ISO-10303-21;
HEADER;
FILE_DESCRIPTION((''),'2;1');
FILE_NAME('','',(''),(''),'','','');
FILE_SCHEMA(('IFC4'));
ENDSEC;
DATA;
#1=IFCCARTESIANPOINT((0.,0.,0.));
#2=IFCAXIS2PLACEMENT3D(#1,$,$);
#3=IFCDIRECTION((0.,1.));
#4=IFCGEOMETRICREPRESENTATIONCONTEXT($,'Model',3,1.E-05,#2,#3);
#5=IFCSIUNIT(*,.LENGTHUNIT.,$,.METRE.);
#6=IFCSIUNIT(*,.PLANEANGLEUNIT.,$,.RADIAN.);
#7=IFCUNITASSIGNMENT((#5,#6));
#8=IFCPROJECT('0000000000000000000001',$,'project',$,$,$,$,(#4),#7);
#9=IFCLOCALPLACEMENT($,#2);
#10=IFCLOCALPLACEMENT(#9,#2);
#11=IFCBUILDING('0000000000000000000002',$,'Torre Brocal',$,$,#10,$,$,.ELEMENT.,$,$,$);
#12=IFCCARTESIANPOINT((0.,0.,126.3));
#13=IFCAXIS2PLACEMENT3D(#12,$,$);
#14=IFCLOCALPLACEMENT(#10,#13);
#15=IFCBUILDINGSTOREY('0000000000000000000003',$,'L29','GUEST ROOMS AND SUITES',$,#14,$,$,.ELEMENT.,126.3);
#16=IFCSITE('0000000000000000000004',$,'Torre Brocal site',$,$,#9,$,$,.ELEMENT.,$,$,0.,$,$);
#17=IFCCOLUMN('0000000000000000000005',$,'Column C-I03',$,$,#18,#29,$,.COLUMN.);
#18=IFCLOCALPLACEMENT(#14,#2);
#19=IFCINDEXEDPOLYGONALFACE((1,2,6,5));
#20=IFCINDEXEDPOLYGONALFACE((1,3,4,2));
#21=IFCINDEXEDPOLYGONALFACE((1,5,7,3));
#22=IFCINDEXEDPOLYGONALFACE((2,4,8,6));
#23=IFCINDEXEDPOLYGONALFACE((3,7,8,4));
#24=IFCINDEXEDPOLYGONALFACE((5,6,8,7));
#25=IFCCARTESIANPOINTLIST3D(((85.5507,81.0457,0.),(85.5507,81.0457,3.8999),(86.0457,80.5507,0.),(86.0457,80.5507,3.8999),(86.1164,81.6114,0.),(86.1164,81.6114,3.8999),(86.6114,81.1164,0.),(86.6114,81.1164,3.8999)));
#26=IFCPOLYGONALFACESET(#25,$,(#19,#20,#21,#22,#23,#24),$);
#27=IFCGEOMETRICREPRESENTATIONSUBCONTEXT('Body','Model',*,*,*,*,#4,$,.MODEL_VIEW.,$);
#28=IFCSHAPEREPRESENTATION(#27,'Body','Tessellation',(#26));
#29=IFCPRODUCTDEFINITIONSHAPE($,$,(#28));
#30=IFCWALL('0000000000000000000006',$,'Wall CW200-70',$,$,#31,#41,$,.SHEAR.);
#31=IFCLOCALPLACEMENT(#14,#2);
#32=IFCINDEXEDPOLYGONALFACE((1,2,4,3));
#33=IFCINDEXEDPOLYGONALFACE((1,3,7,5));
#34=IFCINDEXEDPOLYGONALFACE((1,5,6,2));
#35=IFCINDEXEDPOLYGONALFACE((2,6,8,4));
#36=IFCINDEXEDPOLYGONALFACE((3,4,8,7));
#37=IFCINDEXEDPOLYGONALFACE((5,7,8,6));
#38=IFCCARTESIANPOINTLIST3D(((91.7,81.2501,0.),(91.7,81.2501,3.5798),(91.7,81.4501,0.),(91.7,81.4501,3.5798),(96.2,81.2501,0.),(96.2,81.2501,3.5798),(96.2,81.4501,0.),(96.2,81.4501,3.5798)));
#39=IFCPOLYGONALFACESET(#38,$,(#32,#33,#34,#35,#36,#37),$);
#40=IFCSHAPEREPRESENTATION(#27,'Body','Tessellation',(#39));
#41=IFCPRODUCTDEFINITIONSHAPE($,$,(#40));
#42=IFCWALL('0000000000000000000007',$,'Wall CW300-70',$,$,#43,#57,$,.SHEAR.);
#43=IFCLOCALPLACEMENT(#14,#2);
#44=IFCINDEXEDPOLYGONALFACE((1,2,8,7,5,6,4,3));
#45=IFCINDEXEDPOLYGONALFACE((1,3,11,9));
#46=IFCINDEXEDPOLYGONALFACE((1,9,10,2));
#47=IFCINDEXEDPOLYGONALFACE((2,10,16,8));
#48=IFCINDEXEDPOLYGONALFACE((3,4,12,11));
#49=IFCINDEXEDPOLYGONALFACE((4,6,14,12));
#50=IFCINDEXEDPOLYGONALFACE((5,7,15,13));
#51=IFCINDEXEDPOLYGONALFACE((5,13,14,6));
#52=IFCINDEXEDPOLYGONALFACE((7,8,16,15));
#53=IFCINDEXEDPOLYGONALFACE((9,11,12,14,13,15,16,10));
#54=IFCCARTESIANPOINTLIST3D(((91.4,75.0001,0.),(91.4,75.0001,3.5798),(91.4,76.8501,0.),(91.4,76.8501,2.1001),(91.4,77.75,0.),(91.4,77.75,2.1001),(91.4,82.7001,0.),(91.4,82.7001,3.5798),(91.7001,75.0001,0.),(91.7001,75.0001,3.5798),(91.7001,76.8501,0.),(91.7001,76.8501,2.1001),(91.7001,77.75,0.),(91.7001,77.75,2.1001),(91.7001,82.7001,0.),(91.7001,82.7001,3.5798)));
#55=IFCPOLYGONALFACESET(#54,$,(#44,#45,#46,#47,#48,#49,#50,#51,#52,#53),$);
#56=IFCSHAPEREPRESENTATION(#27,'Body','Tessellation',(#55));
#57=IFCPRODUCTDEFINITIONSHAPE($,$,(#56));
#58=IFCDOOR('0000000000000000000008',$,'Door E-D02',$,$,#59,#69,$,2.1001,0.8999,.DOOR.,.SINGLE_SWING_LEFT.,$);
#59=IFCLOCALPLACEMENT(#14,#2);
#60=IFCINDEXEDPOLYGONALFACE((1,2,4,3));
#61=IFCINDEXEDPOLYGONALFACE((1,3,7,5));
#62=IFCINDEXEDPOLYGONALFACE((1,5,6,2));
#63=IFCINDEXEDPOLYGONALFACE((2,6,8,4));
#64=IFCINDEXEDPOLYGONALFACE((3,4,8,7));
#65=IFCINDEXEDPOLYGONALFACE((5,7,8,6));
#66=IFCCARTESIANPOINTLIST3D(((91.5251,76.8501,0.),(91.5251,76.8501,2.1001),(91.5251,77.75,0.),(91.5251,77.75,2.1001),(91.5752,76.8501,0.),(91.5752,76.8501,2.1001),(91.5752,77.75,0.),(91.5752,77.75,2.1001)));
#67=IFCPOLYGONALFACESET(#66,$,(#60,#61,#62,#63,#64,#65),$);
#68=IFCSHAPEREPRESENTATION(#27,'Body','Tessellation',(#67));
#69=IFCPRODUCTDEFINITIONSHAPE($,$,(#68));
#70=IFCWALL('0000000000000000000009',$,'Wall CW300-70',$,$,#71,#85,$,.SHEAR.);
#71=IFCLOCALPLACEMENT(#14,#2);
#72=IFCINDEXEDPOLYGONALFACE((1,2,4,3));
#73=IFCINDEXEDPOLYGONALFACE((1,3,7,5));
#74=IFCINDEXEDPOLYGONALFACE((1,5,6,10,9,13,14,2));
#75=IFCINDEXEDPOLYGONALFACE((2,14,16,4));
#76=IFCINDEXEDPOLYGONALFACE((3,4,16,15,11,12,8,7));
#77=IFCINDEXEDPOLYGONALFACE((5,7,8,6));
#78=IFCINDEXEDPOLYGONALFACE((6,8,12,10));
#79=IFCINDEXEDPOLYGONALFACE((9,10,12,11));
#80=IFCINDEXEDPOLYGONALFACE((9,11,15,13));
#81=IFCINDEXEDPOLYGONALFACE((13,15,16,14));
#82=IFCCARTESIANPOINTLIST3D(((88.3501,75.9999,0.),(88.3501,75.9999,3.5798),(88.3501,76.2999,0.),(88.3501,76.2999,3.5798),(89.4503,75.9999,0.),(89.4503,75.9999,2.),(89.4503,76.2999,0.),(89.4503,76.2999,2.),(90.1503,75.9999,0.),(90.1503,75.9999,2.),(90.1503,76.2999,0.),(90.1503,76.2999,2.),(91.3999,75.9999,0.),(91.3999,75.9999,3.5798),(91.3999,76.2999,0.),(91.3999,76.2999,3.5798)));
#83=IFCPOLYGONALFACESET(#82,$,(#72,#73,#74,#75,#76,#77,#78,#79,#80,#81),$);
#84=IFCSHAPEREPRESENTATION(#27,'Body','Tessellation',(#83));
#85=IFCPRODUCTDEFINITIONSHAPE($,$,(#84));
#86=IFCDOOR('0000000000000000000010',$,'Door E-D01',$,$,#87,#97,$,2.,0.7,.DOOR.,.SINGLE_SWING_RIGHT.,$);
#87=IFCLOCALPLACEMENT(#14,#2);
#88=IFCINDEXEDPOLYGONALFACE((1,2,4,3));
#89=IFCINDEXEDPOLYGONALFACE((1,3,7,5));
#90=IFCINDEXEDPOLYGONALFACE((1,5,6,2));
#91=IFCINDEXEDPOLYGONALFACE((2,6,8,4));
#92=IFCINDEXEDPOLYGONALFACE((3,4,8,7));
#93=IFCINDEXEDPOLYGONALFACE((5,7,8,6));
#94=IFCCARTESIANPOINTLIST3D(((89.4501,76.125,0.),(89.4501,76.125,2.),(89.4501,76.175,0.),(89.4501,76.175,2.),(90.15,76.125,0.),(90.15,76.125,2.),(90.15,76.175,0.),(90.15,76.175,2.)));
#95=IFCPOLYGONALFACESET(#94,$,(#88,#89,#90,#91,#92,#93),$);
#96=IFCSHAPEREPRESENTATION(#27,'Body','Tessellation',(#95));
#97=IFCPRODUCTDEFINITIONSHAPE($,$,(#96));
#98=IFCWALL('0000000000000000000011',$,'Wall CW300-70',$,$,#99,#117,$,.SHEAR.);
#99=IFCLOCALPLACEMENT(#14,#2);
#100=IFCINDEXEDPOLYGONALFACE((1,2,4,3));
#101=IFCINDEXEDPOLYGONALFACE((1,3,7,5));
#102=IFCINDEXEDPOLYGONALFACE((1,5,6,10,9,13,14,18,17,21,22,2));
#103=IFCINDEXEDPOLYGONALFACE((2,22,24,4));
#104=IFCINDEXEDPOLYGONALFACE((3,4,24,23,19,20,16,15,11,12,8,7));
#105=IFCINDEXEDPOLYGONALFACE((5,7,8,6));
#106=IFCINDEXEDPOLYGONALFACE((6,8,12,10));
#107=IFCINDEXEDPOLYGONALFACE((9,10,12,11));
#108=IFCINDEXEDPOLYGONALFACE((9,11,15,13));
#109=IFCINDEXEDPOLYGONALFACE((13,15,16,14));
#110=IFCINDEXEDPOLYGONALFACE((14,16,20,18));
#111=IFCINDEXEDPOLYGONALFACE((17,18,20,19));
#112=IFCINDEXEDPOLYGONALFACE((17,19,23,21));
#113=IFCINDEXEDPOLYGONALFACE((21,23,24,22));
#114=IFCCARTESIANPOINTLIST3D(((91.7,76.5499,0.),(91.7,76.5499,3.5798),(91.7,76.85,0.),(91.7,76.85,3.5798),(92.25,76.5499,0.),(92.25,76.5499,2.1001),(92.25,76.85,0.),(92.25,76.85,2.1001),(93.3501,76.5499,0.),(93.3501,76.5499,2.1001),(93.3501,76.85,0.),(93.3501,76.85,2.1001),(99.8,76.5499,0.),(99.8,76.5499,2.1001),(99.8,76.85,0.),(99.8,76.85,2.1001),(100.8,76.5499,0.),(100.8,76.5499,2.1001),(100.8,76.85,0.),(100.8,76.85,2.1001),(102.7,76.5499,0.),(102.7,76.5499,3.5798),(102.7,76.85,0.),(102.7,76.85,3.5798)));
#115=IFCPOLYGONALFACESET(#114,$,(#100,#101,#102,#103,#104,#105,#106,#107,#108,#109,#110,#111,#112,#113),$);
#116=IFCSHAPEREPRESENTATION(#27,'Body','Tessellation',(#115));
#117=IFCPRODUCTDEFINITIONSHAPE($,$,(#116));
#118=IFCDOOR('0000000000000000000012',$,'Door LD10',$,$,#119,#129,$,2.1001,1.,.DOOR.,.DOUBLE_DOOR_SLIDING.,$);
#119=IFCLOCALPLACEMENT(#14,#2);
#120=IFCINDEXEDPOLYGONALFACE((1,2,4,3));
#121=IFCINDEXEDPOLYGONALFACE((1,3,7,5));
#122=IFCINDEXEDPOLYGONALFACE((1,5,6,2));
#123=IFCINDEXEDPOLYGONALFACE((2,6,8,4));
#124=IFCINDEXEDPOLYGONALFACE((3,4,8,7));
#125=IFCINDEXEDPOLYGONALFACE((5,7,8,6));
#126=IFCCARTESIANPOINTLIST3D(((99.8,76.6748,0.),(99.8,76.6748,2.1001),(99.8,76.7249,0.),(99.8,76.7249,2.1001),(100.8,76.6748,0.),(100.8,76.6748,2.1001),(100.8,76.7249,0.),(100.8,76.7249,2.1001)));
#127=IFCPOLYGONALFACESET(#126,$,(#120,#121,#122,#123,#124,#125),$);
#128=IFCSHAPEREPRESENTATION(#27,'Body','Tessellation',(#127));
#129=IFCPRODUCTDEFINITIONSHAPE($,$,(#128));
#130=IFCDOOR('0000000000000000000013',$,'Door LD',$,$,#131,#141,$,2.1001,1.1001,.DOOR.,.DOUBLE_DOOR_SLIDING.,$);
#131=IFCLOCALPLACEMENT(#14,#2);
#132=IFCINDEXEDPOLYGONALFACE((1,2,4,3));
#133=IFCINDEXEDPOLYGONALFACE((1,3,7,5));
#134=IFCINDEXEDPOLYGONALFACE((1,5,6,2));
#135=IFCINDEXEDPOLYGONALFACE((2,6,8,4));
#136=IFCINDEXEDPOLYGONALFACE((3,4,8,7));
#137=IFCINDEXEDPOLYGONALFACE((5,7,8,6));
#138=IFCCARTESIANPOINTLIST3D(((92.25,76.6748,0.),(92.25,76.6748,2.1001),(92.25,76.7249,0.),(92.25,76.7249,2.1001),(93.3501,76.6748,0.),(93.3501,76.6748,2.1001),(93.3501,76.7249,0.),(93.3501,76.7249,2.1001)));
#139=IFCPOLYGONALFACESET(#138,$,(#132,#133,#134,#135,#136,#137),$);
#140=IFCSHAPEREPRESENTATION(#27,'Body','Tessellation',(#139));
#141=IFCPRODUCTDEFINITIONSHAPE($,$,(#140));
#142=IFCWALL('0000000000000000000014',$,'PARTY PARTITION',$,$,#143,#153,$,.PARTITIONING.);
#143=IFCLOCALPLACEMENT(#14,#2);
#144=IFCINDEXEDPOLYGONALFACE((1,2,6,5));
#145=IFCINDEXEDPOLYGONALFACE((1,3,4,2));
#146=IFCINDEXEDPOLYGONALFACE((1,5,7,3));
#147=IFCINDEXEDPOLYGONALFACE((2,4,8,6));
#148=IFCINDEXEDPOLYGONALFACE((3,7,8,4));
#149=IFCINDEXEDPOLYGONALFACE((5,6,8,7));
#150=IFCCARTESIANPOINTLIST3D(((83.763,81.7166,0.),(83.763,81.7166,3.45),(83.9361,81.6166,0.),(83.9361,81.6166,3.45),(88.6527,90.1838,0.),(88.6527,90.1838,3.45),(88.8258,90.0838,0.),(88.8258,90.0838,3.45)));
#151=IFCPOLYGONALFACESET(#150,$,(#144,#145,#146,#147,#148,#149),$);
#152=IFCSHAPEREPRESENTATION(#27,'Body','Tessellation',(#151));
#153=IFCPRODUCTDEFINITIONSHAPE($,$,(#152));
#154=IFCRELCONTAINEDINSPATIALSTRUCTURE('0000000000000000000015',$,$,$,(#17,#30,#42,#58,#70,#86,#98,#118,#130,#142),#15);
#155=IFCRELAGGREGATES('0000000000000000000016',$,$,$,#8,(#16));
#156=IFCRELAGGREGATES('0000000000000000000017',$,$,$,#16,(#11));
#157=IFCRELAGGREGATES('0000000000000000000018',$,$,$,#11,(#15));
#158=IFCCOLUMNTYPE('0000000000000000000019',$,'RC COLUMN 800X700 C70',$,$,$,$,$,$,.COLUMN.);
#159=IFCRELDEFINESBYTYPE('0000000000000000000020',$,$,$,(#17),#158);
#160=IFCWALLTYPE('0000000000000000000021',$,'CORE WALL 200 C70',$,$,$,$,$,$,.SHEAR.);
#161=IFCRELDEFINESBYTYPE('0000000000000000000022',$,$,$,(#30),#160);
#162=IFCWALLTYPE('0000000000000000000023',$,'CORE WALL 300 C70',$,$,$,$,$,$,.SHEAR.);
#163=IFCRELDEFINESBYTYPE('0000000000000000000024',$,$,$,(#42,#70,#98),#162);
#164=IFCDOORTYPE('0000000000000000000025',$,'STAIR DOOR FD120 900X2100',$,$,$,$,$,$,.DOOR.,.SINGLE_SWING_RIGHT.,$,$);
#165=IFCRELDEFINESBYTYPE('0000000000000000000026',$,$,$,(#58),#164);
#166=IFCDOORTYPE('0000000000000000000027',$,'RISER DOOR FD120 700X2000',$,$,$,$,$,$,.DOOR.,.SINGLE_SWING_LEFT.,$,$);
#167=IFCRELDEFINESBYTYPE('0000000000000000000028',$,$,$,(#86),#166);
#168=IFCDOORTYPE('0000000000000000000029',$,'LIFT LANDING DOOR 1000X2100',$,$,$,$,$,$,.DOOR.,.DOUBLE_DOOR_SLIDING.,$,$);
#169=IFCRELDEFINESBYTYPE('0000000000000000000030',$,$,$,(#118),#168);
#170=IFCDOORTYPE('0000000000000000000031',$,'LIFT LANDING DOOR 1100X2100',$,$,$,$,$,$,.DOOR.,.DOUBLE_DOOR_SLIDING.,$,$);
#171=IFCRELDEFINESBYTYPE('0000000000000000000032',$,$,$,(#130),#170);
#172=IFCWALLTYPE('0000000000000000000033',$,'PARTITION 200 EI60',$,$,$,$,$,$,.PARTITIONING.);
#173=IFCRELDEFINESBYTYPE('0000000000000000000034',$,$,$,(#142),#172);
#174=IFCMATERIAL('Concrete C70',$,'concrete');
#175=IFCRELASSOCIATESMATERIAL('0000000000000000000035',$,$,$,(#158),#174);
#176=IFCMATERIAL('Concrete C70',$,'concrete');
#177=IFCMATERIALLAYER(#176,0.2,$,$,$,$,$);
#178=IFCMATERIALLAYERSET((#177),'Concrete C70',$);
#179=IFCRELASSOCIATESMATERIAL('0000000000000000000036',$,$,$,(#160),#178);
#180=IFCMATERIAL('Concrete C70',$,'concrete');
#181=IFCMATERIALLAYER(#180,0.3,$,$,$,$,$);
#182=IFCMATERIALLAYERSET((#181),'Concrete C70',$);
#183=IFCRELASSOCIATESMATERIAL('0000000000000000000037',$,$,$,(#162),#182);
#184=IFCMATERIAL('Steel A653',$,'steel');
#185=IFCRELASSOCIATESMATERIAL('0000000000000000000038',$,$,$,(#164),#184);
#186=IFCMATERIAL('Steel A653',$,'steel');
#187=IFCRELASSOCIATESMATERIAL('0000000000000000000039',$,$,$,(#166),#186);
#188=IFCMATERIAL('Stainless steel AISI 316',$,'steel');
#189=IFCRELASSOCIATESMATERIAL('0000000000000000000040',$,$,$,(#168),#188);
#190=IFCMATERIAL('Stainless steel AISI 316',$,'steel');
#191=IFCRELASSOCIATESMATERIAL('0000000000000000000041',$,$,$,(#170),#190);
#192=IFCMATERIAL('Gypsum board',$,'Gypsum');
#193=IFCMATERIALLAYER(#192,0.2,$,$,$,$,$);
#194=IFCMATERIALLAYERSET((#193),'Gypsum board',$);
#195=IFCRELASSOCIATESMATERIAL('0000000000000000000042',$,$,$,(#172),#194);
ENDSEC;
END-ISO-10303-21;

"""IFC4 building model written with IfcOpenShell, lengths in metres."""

from ifc_helpers import new_model, si_unit, direction, frame, frame_2d, origin, origin_2d, place, context, subcontext, project, spatial, rectangle, extrude, material, layer, layer_set, material_profile, profile_set, type_object, element, fill, save


model = new_model("IFC4")

# Units and contexts
model_context = context("Model", 3, precision=1e-05, world=origin(), true_north=direction((0.0, 1.0)))
body_context = subcontext(model_context, "Body", "Model", "MODEL_VIEW")
ifc_project = project(units=[si_unit("LENGTHUNIT", "METRE"), si_unit("PLANEANGLEUNIT", "RADIAN")], contexts=[model_context])

# Site, building, storey
site_placement = place(None, origin())
site = spatial("IfcSite", under=ifc_project, at=site_placement, Name="Torre Brocal site", CompositionType="ELEMENT", RefElevation=0.0)
building_placement = place(site_placement, origin())
building = spatial("IfcBuilding", under=site, at=building_placement, Name="Torre Brocal", CompositionType="ELEMENT")
storey_placement = place(building_placement, frame((0.0, 0.0, 126.3)))
storey = spatial("IfcBuildingStorey", under=building, at=storey_placement, Name="L29", Description="GUEST ROOMS AND SUITES", CompositionType="ELEMENT", Elevation=126.3)

# Column
ifc_material_1 = material(Name="Concrete C70", Category="concrete")
ifc_material_profile = material_profile(ifc_material_1, rectangle(XDim=0.8, YDim=0.7, at=origin_2d()), Name="RC 800X700")
ifc_profile_set = profile_set([ifc_material_profile], Name="Concrete C70")
column_type = type_object("IfcColumnType", Name="RC COLUMN 800X700 C70", PredefinedType="COLUMN", material=ifc_profile_set)
column_placement = place(storey_placement, frame((86.0811, 81.0811, 0.0), z_axis=(0.0, 0.0, 1.0), x_axis=(0.707107, 0.707107, 0.0)))
element("IfcColumn", 1, at=column_placement, inside=storey, type_object=column_type, Name="Column C-I03", PredefinedType="COLUMN", context=body_context, shape_type="SweptSolid", body=[
    extrude(rectangle(XDim=0.8, YDim=0.7, at=origin_2d()), origin(), (0.0, 0.0, 1.0), 3.8999),
])

# Wall
ifc_material_2 = material(Name="Concrete C70", Category="concrete")
ifc_layer_1 = layer(ifc_material_2, 0.2)
ifc_layer_set_1 = layer_set([ifc_layer_1], Name="Concrete C70")
wall_type_1 = type_object("IfcWallType", Name="CORE WALL 200 C70", PredefinedType="SHEAR", material=ifc_layer_set_1)
wall_1_placement = place(storey_placement, frame((91.7, 81.3501, 0.0), z_axis=(0.0, 0.0, 1.0), x_axis=(1.0, 0.0, 0.0)))
element("IfcWall", 2, at=wall_1_placement, inside=storey, type_object=wall_type_1, Name="Wall CW200-70", PredefinedType="SHEAR", context=body_context, shape_type="SweptSolid", body=[
    extrude(rectangle(XDim=4.5, YDim=0.2, at=frame_2d((2.25, 0.0))), origin(), (0.0, 0.0, 1.0), 3.5798),
])

# Walls, openings, doors
ifc_material_3 = material(Name="Concrete C70", Category="concrete")
ifc_layer_2 = layer(ifc_material_3, 0.3)
ifc_layer_set_2 = layer_set([ifc_layer_2], Name="Concrete C70")
wall_type_2 = type_object("IfcWallType", Name="CORE WALL 300 C70", PredefinedType="SHEAR", material=ifc_layer_set_2)
wall_2_placement = place(storey_placement, frame((91.55, 75.0, 0.0), z_axis=(0.0, 0.0, 1.0), x_axis=(0.0, 1.0, 0.0)))
wall_2 = element("IfcWall", 3, at=wall_2_placement, inside=storey, type_object=wall_type_2, Name="Wall CW300-70", PredefinedType="SHEAR", context=body_context, shape_type="SweptSolid", body=[
    extrude(rectangle(XDim=7.7, YDim=0.3, at=frame_2d((3.8501, 0.0))), origin(), (0.0, 0.0, 1.0), 3.5798),
])
opening_1_placement = place(wall_2_placement, frame((1.8501, 0.0, 0.0)))
opening_1 = element("IfcOpeningElement", 4, at=opening_1_placement, cuts=wall_2, PredefinedType="OPENING", context=body_context, shape_type="SweptSolid", body=[
    extrude(rectangle(XDim=0.8999, YDim=2.1001, at=frame_2d((0.45, 1.05))), frame((0.0, 0.1599, 0.0), z_axis=(0.0, -1.0, 0.0), x_axis=(1.0, 0.0, 0.0)), (0.0, 0.0, 1.0), 0.3201),
])
ifc_material_4 = material(Name="Steel A653", Category="steel")
door_type_1 = type_object("IfcDoorType", Name="STAIR DOOR FD120 900X2100", OperationType="SINGLE_SWING_RIGHT", PredefinedType="DOOR", material=ifc_material_4)
door_1_placement = place(opening_1_placement, origin())
door_1 = element("IfcDoor", 5, at=door_1_placement, inside=storey, type_object=door_type_1, Name="Door E-D02", OperationType="SINGLE_SWING_LEFT", OverallHeight=2.1001, OverallWidth=0.8999, PredefinedType="DOOR", context=body_context, shape_type="SweptSolid", body=[
    extrude(rectangle(XDim=0.8999, YDim=2.1001, at=frame_2d((0.45, 1.05))), frame((0.0, 0.0249, 0.0), z_axis=(0.0, -1.0, 0.0), x_axis=(1.0, 0.0, 0.0)), (0.0, 0.0, 1.0), 0.05),
])
fill(opening_1, door_1)
wall_3_placement = place(storey_placement, frame((88.3501, 76.1499, 0.0), z_axis=(0.0, 0.0, 1.0), x_axis=(1.0, 0.0, 0.0)))
wall_3 = element("IfcWall", 6, at=wall_3_placement, inside=storey, type_object=wall_type_2, Name="Wall CW300-70", PredefinedType="SHEAR", context=body_context, shape_type="SweptSolid", body=[
    extrude(rectangle(XDim=3.0498, YDim=0.3, at=frame_2d((1.5249, 0.0))), origin(), (0.0, 0.0, 1.0), 3.5798),
])
opening_2_placement = place(wall_3_placement, frame((1.1001, 0.0, 0.0)))
opening_2 = element("IfcOpeningElement", 7, at=opening_2_placement, cuts=wall_3, PredefinedType="OPENING", context=body_context, shape_type="SweptSolid", body=[
    extrude(rectangle(XDim=0.7, YDim=2.0, at=frame_2d((0.3501, 1.0))), frame((0.0, 0.1599, 0.0), z_axis=(0.0, -1.0, 0.0), x_axis=(1.0, 0.0, 0.0)), (0.0, 0.0, 1.0), 0.3201),
])
ifc_material_5 = material(Name="Steel A653", Category="steel")
door_type_2 = type_object("IfcDoorType", Name="RISER DOOR FD120 700X2000", OperationType="SINGLE_SWING_LEFT", PredefinedType="DOOR", material=ifc_material_5)
door_2_placement = place(opening_2_placement, frame((0.7, 0.0, 0.0), z_axis=(0.0, 0.0, 1.0), x_axis=(-1.0, 0.0, 0.0)))
door_2 = element("IfcDoor", 8, at=door_2_placement, inside=storey, type_object=door_type_2, Name="Door E-D01", OperationType="SINGLE_SWING_RIGHT", OverallHeight=2.0, OverallWidth=0.7, PredefinedType="DOOR", context=body_context, shape_type="SweptSolid", body=[
    extrude(rectangle(XDim=0.7, YDim=2.0, at=frame_2d((0.3501, 1.0))), frame((0.0, 0.0249, 0.0), z_axis=(0.0, -1.0, 0.0), x_axis=(1.0, 0.0, 0.0)), (0.0, 0.0, 1.0), 0.05),
])
fill(opening_2, door_2)

# Wall, openings, doors
wall_4_placement = place(storey_placement, frame((91.7, 76.7, 0.0), z_axis=(0.0, 0.0, 1.0), x_axis=(1.0, 0.0, 0.0)))
wall_4 = element("IfcWall", 9, at=wall_4_placement, inside=storey, type_object=wall_type_2, Name="Wall CW300-70", PredefinedType="SHEAR", context=body_context, shape_type="SweptSolid", body=[
    extrude(rectangle(XDim=11.0, YDim=0.3, at=frame_2d((5.5, 0.0))), origin(), (0.0, 0.0, 1.0), 3.5798),
])
opening_3_placement = place(wall_4_placement, frame((0.55, 0.0, 0.0)))
opening_3 = element("IfcOpeningElement", 10, at=opening_3_placement, cuts=wall_4, PredefinedType="OPENING", context=body_context, shape_type="SweptSolid", body=[
    extrude(rectangle(XDim=1.1001, YDim=2.1001, at=frame_2d((0.55, 1.05))), frame((0.0, 0.1599, 0.0), z_axis=(0.0, -1.0, 0.0), x_axis=(1.0, 0.0, 0.0)), (0.0, 0.0, 1.0), 0.3201),
])
opening_4_placement = place(wall_4_placement, frame((8.1001, 0.0, 0.0)))
opening_4 = element("IfcOpeningElement", 11, at=opening_4_placement, cuts=wall_4, PredefinedType="OPENING", context=body_context, shape_type="SweptSolid", body=[
    extrude(rectangle(XDim=1.0, YDim=2.1001, at=frame_2d((0.5, 1.05))), frame((0.0, 0.1599, 0.0), z_axis=(0.0, -1.0, 0.0), x_axis=(1.0, 0.0, 0.0)), (0.0, 0.0, 1.0), 0.3201),
])
ifc_material_6 = material(Name="Stainless steel AISI 316", Category="steel")
door_type_3 = type_object("IfcDoorType", Name="LIFT LANDING DOOR 1000X2100", OperationType="DOUBLE_DOOR_SLIDING", PredefinedType="DOOR", material=ifc_material_6)
door_3_placement = place(opening_4_placement, origin())
door_3 = element("IfcDoor", 12, at=door_3_placement, inside=storey, type_object=door_type_3, Name="Door LD10", OperationType="DOUBLE_DOOR_SLIDING", OverallHeight=2.1001, OverallWidth=1.0, PredefinedType="DOOR", context=body_context, shape_type="SweptSolid", body=[
    extrude(rectangle(XDim=1.0, YDim=2.1001, at=frame_2d((0.5, 1.05))), frame((0.0, 0.0249, 0.0), z_axis=(0.0, -1.0, 0.0), x_axis=(1.0, 0.0, 0.0)), (0.0, 0.0, 1.0), 0.05),
])
fill(opening_4, door_3)
ifc_material_7 = material(Name="Stainless steel AISI 316", Category="steel")
door_type_4 = type_object("IfcDoorType", Name="LIFT LANDING DOOR 1100X2100", OperationType="DOUBLE_DOOR_SLIDING", PredefinedType="DOOR", material=ifc_material_7)
door_4_placement = place(opening_3_placement, origin())
door_4 = element("IfcDoor", 13, at=door_4_placement, inside=storey, type_object=door_type_4, Name="Door LD", OperationType="DOUBLE_DOOR_SLIDING", OverallHeight=2.1001, OverallWidth=1.1001, PredefinedType="DOOR", context=body_context, shape_type="SweptSolid", body=[
    extrude(rectangle(XDim=1.1001, YDim=2.1001, at=frame_2d((0.55, 1.05))), frame((0.0, 0.0249, 0.0), z_axis=(0.0, -1.0, 0.0), x_axis=(1.0, 0.0, 0.0)), (0.0, 0.0, 1.0), 0.05),
])
fill(opening_3, door_4)

# Wall
ifc_material_8 = material(Name="Gypsum board", Category="Gypsum")
ifc_layer_3 = layer(ifc_material_8, 0.2)
ifc_layer_set_3 = layer_set([ifc_layer_3], Name="Gypsum board")
wall_type_3 = type_object("IfcWallType", Name="PARTITION 200 EI60", PredefinedType="PARTITIONING", material=ifc_layer_set_3)
wall_5_placement = place(storey_placement, frame((83.8496, 81.6667, 0.0), z_axis=(0.0, 0.0, 1.0), x_axis=(0.500092, 0.865972, 0.0)))
element("IfcWall", 14, at=wall_5_placement, inside=storey, type_object=wall_type_3, Name="PARTY PARTITION", PredefinedType="PARTITIONING", context=body_context, shape_type="SweptSolid", body=[
    extrude(rectangle(XDim=9.7776, YDim=0.2, at=frame_2d((4.8887, 0.0))), origin(), (0.0, 0.0, 1.0), 3.45),
])

save(model, "model.ifc")
